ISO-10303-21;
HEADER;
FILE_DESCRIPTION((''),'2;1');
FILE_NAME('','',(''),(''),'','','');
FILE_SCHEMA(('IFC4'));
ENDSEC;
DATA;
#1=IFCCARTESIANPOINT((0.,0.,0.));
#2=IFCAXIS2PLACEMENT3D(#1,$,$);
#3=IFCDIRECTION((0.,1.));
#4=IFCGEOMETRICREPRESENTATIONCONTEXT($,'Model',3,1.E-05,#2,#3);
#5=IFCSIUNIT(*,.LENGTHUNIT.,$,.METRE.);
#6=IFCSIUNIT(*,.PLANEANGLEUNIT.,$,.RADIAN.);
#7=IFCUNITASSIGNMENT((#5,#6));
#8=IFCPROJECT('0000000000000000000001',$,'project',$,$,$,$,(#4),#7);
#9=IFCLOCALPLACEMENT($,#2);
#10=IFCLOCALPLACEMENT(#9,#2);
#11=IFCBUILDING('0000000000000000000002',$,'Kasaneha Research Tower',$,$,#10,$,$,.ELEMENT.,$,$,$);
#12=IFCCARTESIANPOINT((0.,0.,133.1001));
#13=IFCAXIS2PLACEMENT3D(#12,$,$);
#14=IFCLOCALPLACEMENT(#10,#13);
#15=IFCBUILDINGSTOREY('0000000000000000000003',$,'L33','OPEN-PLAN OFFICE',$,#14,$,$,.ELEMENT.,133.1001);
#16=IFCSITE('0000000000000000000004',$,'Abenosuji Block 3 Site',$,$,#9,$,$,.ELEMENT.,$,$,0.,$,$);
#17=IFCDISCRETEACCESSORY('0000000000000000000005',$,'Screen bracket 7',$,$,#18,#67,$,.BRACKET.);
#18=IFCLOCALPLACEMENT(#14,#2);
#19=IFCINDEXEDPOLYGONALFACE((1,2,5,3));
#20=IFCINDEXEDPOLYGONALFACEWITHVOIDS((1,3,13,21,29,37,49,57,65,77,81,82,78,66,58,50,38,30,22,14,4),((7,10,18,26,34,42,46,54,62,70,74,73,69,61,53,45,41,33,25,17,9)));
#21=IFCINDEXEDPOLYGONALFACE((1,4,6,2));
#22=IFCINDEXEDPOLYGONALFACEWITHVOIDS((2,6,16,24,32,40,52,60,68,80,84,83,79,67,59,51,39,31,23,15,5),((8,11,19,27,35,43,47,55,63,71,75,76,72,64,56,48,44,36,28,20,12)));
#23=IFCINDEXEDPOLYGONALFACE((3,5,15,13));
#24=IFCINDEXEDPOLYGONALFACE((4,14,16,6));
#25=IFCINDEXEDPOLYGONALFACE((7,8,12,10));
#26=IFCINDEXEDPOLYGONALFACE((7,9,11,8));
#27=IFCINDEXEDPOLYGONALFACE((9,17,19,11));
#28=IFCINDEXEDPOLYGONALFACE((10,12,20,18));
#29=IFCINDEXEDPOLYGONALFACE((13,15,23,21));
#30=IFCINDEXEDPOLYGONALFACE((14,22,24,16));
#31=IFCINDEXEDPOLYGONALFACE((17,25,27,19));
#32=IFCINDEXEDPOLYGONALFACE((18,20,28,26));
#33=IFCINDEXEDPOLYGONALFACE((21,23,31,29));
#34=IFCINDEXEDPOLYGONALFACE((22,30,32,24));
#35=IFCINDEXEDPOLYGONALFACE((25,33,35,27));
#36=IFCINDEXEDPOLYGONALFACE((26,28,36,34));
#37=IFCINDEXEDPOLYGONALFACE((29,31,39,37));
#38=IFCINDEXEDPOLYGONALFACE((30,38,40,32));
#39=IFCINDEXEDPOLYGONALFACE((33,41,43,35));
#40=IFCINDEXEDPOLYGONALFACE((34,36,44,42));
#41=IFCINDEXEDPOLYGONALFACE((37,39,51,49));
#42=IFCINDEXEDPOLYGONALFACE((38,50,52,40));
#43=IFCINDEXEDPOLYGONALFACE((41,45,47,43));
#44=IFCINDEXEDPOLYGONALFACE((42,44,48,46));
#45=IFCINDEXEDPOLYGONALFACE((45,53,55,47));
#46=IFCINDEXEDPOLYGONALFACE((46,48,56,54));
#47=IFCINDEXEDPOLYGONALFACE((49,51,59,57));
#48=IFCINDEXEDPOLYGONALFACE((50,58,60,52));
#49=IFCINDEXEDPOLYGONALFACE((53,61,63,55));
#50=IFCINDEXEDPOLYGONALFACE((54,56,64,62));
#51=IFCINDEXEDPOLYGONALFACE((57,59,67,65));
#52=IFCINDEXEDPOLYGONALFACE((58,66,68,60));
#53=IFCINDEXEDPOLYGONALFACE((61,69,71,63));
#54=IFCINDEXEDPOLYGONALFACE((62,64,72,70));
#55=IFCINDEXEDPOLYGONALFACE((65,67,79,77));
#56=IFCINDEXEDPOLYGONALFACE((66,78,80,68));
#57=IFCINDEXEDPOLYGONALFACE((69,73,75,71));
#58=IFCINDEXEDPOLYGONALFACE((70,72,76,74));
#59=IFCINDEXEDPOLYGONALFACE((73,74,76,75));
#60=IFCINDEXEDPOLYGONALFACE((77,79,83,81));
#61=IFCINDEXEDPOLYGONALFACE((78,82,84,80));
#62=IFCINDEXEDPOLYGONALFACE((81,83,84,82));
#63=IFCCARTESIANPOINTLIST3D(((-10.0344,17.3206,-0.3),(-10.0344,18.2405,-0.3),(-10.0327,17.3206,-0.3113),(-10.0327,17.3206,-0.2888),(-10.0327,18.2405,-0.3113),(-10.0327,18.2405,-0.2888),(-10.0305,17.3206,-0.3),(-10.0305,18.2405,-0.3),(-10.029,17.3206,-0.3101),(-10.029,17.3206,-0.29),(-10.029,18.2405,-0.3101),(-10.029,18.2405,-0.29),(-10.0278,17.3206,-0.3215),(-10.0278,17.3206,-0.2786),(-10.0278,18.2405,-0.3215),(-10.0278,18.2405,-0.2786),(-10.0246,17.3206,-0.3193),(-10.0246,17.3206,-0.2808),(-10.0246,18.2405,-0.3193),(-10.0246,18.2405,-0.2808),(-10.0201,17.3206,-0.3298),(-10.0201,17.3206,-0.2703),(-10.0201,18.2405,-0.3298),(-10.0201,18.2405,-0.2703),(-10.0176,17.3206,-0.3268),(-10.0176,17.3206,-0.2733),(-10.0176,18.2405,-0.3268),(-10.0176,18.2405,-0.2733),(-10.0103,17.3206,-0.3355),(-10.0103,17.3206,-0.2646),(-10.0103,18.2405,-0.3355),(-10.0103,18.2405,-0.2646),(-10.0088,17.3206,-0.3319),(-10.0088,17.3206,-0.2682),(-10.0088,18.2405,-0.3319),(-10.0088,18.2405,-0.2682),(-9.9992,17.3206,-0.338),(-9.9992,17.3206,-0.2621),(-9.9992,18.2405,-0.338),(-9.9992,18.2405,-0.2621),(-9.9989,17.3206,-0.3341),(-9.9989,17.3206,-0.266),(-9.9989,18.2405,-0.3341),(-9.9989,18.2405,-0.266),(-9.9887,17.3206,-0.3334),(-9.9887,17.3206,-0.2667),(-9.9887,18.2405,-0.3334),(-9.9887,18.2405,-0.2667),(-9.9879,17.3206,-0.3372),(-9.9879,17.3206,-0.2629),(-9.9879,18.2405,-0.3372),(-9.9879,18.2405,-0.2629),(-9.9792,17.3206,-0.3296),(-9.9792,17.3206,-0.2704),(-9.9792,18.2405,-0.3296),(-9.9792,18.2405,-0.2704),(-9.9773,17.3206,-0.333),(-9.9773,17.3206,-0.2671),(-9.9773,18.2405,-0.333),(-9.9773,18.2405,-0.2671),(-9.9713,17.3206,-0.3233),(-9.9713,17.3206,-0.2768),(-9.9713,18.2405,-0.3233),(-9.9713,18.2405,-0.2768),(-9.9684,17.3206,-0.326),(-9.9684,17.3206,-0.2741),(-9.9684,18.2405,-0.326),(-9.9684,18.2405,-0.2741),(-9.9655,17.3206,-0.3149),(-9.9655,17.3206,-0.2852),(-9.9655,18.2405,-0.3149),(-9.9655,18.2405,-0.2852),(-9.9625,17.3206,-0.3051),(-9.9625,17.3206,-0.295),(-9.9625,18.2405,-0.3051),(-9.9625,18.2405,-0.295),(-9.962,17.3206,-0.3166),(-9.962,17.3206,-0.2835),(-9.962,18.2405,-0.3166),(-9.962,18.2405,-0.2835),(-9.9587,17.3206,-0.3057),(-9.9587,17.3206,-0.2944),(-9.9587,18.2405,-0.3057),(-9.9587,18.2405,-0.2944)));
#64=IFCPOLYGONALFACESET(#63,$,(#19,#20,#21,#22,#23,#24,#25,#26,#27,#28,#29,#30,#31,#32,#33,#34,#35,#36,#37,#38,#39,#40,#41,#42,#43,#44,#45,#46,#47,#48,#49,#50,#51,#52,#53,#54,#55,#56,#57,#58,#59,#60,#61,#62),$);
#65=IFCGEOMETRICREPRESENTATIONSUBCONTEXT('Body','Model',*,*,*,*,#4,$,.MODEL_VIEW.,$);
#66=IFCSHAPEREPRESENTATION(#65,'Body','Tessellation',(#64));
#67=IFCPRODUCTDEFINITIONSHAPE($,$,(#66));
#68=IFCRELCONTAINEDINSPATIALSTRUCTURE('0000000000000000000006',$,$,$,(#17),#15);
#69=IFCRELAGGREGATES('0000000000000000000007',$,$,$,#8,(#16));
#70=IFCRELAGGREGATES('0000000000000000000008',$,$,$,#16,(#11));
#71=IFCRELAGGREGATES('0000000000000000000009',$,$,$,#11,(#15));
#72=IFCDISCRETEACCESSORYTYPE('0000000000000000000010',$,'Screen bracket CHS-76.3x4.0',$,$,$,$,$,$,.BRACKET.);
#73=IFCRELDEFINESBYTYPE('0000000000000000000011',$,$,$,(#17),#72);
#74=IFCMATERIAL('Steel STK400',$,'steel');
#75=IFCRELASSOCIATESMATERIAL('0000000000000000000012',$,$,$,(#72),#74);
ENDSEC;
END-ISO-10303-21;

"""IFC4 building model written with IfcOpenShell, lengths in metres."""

from ifc_helpers import new_model, si_unit, direction, frame, origin, origin_2d, place, context, subcontext, project, spatial, hollow_circle, extrude, material, material_profile, profile_set, type_object, element, save


model = new_model("IFC4")

# Units and contexts
model_context = context("Model", 3, precision=1e-05, world=origin(), true_north=direction((0.0, 1.0)))
body_context = subcontext(model_context, "Body", "Model", "MODEL_VIEW")
ifc_project = project(units=[si_unit("LENGTHUNIT", "METRE"), si_unit("PLANEANGLEUNIT", "RADIAN")], contexts=[model_context])

# Site, building, storey
site_placement = place(None, origin())
site = spatial("IfcSite", under=ifc_project, at=site_placement, Name="Abenosuji Block 3 Site", CompositionType="ELEMENT", RefElevation=0.0)
building_placement = place(site_placement, origin())
building = spatial("IfcBuilding", under=site, at=building_placement, Name="Kasaneha Research Tower", CompositionType="ELEMENT")
storey_placement = place(building_placement, frame((0.0, 0.0, 133.1001)))
storey = spatial("IfcBuildingStorey", under=building, at=storey_placement, Name="L33", Description="OPEN-PLAN OFFICE", CompositionType="ELEMENT", Elevation=133.1001)

# Discrete accessory
ifc_material_1 = material(Name="Steel STK400", Category="steel")
ifc_material_profile_1 = material_profile(ifc_material_1, hollow_circle(Radius=0.0381, WallThickness=0.0039, at=origin_2d()), Name="CHS-76.3x4.0")
ifc_profile_set_1 = profile_set([ifc_material_profile_1], Name="Steel STK400")
discrete_accessory_type = type_object("IfcDiscreteAccessoryType", Name="Screen bracket CHS-76.3x4.0", PredefinedType="BRACKET", material=ifc_profile_set_1)
for number, where, z_axis, x_axis, name in (
    (1, (-9.9963, 17.3206, -0.3), (0.0, 1.0, 0.0), (-1.0, 0.0, 0.0), "Screen bracket 7"),
):
    element("IfcDiscreteAccessory", number, at=place(storey_placement, frame(where, z_axis=z_axis, x_axis=x_axis)), inside=storey, type_object=discrete_accessory_type, Name=name, PredefinedType="BRACKET", context=body_context, shape_type="SweptSolid", body=[
        extrude(hollow_circle(Radius=0.0381, WallThickness=0.0039, at=origin_2d()), origin(), (0.0, 0.0, 1.0), 0.9199),
    ])

save(model, "model.ifc")
